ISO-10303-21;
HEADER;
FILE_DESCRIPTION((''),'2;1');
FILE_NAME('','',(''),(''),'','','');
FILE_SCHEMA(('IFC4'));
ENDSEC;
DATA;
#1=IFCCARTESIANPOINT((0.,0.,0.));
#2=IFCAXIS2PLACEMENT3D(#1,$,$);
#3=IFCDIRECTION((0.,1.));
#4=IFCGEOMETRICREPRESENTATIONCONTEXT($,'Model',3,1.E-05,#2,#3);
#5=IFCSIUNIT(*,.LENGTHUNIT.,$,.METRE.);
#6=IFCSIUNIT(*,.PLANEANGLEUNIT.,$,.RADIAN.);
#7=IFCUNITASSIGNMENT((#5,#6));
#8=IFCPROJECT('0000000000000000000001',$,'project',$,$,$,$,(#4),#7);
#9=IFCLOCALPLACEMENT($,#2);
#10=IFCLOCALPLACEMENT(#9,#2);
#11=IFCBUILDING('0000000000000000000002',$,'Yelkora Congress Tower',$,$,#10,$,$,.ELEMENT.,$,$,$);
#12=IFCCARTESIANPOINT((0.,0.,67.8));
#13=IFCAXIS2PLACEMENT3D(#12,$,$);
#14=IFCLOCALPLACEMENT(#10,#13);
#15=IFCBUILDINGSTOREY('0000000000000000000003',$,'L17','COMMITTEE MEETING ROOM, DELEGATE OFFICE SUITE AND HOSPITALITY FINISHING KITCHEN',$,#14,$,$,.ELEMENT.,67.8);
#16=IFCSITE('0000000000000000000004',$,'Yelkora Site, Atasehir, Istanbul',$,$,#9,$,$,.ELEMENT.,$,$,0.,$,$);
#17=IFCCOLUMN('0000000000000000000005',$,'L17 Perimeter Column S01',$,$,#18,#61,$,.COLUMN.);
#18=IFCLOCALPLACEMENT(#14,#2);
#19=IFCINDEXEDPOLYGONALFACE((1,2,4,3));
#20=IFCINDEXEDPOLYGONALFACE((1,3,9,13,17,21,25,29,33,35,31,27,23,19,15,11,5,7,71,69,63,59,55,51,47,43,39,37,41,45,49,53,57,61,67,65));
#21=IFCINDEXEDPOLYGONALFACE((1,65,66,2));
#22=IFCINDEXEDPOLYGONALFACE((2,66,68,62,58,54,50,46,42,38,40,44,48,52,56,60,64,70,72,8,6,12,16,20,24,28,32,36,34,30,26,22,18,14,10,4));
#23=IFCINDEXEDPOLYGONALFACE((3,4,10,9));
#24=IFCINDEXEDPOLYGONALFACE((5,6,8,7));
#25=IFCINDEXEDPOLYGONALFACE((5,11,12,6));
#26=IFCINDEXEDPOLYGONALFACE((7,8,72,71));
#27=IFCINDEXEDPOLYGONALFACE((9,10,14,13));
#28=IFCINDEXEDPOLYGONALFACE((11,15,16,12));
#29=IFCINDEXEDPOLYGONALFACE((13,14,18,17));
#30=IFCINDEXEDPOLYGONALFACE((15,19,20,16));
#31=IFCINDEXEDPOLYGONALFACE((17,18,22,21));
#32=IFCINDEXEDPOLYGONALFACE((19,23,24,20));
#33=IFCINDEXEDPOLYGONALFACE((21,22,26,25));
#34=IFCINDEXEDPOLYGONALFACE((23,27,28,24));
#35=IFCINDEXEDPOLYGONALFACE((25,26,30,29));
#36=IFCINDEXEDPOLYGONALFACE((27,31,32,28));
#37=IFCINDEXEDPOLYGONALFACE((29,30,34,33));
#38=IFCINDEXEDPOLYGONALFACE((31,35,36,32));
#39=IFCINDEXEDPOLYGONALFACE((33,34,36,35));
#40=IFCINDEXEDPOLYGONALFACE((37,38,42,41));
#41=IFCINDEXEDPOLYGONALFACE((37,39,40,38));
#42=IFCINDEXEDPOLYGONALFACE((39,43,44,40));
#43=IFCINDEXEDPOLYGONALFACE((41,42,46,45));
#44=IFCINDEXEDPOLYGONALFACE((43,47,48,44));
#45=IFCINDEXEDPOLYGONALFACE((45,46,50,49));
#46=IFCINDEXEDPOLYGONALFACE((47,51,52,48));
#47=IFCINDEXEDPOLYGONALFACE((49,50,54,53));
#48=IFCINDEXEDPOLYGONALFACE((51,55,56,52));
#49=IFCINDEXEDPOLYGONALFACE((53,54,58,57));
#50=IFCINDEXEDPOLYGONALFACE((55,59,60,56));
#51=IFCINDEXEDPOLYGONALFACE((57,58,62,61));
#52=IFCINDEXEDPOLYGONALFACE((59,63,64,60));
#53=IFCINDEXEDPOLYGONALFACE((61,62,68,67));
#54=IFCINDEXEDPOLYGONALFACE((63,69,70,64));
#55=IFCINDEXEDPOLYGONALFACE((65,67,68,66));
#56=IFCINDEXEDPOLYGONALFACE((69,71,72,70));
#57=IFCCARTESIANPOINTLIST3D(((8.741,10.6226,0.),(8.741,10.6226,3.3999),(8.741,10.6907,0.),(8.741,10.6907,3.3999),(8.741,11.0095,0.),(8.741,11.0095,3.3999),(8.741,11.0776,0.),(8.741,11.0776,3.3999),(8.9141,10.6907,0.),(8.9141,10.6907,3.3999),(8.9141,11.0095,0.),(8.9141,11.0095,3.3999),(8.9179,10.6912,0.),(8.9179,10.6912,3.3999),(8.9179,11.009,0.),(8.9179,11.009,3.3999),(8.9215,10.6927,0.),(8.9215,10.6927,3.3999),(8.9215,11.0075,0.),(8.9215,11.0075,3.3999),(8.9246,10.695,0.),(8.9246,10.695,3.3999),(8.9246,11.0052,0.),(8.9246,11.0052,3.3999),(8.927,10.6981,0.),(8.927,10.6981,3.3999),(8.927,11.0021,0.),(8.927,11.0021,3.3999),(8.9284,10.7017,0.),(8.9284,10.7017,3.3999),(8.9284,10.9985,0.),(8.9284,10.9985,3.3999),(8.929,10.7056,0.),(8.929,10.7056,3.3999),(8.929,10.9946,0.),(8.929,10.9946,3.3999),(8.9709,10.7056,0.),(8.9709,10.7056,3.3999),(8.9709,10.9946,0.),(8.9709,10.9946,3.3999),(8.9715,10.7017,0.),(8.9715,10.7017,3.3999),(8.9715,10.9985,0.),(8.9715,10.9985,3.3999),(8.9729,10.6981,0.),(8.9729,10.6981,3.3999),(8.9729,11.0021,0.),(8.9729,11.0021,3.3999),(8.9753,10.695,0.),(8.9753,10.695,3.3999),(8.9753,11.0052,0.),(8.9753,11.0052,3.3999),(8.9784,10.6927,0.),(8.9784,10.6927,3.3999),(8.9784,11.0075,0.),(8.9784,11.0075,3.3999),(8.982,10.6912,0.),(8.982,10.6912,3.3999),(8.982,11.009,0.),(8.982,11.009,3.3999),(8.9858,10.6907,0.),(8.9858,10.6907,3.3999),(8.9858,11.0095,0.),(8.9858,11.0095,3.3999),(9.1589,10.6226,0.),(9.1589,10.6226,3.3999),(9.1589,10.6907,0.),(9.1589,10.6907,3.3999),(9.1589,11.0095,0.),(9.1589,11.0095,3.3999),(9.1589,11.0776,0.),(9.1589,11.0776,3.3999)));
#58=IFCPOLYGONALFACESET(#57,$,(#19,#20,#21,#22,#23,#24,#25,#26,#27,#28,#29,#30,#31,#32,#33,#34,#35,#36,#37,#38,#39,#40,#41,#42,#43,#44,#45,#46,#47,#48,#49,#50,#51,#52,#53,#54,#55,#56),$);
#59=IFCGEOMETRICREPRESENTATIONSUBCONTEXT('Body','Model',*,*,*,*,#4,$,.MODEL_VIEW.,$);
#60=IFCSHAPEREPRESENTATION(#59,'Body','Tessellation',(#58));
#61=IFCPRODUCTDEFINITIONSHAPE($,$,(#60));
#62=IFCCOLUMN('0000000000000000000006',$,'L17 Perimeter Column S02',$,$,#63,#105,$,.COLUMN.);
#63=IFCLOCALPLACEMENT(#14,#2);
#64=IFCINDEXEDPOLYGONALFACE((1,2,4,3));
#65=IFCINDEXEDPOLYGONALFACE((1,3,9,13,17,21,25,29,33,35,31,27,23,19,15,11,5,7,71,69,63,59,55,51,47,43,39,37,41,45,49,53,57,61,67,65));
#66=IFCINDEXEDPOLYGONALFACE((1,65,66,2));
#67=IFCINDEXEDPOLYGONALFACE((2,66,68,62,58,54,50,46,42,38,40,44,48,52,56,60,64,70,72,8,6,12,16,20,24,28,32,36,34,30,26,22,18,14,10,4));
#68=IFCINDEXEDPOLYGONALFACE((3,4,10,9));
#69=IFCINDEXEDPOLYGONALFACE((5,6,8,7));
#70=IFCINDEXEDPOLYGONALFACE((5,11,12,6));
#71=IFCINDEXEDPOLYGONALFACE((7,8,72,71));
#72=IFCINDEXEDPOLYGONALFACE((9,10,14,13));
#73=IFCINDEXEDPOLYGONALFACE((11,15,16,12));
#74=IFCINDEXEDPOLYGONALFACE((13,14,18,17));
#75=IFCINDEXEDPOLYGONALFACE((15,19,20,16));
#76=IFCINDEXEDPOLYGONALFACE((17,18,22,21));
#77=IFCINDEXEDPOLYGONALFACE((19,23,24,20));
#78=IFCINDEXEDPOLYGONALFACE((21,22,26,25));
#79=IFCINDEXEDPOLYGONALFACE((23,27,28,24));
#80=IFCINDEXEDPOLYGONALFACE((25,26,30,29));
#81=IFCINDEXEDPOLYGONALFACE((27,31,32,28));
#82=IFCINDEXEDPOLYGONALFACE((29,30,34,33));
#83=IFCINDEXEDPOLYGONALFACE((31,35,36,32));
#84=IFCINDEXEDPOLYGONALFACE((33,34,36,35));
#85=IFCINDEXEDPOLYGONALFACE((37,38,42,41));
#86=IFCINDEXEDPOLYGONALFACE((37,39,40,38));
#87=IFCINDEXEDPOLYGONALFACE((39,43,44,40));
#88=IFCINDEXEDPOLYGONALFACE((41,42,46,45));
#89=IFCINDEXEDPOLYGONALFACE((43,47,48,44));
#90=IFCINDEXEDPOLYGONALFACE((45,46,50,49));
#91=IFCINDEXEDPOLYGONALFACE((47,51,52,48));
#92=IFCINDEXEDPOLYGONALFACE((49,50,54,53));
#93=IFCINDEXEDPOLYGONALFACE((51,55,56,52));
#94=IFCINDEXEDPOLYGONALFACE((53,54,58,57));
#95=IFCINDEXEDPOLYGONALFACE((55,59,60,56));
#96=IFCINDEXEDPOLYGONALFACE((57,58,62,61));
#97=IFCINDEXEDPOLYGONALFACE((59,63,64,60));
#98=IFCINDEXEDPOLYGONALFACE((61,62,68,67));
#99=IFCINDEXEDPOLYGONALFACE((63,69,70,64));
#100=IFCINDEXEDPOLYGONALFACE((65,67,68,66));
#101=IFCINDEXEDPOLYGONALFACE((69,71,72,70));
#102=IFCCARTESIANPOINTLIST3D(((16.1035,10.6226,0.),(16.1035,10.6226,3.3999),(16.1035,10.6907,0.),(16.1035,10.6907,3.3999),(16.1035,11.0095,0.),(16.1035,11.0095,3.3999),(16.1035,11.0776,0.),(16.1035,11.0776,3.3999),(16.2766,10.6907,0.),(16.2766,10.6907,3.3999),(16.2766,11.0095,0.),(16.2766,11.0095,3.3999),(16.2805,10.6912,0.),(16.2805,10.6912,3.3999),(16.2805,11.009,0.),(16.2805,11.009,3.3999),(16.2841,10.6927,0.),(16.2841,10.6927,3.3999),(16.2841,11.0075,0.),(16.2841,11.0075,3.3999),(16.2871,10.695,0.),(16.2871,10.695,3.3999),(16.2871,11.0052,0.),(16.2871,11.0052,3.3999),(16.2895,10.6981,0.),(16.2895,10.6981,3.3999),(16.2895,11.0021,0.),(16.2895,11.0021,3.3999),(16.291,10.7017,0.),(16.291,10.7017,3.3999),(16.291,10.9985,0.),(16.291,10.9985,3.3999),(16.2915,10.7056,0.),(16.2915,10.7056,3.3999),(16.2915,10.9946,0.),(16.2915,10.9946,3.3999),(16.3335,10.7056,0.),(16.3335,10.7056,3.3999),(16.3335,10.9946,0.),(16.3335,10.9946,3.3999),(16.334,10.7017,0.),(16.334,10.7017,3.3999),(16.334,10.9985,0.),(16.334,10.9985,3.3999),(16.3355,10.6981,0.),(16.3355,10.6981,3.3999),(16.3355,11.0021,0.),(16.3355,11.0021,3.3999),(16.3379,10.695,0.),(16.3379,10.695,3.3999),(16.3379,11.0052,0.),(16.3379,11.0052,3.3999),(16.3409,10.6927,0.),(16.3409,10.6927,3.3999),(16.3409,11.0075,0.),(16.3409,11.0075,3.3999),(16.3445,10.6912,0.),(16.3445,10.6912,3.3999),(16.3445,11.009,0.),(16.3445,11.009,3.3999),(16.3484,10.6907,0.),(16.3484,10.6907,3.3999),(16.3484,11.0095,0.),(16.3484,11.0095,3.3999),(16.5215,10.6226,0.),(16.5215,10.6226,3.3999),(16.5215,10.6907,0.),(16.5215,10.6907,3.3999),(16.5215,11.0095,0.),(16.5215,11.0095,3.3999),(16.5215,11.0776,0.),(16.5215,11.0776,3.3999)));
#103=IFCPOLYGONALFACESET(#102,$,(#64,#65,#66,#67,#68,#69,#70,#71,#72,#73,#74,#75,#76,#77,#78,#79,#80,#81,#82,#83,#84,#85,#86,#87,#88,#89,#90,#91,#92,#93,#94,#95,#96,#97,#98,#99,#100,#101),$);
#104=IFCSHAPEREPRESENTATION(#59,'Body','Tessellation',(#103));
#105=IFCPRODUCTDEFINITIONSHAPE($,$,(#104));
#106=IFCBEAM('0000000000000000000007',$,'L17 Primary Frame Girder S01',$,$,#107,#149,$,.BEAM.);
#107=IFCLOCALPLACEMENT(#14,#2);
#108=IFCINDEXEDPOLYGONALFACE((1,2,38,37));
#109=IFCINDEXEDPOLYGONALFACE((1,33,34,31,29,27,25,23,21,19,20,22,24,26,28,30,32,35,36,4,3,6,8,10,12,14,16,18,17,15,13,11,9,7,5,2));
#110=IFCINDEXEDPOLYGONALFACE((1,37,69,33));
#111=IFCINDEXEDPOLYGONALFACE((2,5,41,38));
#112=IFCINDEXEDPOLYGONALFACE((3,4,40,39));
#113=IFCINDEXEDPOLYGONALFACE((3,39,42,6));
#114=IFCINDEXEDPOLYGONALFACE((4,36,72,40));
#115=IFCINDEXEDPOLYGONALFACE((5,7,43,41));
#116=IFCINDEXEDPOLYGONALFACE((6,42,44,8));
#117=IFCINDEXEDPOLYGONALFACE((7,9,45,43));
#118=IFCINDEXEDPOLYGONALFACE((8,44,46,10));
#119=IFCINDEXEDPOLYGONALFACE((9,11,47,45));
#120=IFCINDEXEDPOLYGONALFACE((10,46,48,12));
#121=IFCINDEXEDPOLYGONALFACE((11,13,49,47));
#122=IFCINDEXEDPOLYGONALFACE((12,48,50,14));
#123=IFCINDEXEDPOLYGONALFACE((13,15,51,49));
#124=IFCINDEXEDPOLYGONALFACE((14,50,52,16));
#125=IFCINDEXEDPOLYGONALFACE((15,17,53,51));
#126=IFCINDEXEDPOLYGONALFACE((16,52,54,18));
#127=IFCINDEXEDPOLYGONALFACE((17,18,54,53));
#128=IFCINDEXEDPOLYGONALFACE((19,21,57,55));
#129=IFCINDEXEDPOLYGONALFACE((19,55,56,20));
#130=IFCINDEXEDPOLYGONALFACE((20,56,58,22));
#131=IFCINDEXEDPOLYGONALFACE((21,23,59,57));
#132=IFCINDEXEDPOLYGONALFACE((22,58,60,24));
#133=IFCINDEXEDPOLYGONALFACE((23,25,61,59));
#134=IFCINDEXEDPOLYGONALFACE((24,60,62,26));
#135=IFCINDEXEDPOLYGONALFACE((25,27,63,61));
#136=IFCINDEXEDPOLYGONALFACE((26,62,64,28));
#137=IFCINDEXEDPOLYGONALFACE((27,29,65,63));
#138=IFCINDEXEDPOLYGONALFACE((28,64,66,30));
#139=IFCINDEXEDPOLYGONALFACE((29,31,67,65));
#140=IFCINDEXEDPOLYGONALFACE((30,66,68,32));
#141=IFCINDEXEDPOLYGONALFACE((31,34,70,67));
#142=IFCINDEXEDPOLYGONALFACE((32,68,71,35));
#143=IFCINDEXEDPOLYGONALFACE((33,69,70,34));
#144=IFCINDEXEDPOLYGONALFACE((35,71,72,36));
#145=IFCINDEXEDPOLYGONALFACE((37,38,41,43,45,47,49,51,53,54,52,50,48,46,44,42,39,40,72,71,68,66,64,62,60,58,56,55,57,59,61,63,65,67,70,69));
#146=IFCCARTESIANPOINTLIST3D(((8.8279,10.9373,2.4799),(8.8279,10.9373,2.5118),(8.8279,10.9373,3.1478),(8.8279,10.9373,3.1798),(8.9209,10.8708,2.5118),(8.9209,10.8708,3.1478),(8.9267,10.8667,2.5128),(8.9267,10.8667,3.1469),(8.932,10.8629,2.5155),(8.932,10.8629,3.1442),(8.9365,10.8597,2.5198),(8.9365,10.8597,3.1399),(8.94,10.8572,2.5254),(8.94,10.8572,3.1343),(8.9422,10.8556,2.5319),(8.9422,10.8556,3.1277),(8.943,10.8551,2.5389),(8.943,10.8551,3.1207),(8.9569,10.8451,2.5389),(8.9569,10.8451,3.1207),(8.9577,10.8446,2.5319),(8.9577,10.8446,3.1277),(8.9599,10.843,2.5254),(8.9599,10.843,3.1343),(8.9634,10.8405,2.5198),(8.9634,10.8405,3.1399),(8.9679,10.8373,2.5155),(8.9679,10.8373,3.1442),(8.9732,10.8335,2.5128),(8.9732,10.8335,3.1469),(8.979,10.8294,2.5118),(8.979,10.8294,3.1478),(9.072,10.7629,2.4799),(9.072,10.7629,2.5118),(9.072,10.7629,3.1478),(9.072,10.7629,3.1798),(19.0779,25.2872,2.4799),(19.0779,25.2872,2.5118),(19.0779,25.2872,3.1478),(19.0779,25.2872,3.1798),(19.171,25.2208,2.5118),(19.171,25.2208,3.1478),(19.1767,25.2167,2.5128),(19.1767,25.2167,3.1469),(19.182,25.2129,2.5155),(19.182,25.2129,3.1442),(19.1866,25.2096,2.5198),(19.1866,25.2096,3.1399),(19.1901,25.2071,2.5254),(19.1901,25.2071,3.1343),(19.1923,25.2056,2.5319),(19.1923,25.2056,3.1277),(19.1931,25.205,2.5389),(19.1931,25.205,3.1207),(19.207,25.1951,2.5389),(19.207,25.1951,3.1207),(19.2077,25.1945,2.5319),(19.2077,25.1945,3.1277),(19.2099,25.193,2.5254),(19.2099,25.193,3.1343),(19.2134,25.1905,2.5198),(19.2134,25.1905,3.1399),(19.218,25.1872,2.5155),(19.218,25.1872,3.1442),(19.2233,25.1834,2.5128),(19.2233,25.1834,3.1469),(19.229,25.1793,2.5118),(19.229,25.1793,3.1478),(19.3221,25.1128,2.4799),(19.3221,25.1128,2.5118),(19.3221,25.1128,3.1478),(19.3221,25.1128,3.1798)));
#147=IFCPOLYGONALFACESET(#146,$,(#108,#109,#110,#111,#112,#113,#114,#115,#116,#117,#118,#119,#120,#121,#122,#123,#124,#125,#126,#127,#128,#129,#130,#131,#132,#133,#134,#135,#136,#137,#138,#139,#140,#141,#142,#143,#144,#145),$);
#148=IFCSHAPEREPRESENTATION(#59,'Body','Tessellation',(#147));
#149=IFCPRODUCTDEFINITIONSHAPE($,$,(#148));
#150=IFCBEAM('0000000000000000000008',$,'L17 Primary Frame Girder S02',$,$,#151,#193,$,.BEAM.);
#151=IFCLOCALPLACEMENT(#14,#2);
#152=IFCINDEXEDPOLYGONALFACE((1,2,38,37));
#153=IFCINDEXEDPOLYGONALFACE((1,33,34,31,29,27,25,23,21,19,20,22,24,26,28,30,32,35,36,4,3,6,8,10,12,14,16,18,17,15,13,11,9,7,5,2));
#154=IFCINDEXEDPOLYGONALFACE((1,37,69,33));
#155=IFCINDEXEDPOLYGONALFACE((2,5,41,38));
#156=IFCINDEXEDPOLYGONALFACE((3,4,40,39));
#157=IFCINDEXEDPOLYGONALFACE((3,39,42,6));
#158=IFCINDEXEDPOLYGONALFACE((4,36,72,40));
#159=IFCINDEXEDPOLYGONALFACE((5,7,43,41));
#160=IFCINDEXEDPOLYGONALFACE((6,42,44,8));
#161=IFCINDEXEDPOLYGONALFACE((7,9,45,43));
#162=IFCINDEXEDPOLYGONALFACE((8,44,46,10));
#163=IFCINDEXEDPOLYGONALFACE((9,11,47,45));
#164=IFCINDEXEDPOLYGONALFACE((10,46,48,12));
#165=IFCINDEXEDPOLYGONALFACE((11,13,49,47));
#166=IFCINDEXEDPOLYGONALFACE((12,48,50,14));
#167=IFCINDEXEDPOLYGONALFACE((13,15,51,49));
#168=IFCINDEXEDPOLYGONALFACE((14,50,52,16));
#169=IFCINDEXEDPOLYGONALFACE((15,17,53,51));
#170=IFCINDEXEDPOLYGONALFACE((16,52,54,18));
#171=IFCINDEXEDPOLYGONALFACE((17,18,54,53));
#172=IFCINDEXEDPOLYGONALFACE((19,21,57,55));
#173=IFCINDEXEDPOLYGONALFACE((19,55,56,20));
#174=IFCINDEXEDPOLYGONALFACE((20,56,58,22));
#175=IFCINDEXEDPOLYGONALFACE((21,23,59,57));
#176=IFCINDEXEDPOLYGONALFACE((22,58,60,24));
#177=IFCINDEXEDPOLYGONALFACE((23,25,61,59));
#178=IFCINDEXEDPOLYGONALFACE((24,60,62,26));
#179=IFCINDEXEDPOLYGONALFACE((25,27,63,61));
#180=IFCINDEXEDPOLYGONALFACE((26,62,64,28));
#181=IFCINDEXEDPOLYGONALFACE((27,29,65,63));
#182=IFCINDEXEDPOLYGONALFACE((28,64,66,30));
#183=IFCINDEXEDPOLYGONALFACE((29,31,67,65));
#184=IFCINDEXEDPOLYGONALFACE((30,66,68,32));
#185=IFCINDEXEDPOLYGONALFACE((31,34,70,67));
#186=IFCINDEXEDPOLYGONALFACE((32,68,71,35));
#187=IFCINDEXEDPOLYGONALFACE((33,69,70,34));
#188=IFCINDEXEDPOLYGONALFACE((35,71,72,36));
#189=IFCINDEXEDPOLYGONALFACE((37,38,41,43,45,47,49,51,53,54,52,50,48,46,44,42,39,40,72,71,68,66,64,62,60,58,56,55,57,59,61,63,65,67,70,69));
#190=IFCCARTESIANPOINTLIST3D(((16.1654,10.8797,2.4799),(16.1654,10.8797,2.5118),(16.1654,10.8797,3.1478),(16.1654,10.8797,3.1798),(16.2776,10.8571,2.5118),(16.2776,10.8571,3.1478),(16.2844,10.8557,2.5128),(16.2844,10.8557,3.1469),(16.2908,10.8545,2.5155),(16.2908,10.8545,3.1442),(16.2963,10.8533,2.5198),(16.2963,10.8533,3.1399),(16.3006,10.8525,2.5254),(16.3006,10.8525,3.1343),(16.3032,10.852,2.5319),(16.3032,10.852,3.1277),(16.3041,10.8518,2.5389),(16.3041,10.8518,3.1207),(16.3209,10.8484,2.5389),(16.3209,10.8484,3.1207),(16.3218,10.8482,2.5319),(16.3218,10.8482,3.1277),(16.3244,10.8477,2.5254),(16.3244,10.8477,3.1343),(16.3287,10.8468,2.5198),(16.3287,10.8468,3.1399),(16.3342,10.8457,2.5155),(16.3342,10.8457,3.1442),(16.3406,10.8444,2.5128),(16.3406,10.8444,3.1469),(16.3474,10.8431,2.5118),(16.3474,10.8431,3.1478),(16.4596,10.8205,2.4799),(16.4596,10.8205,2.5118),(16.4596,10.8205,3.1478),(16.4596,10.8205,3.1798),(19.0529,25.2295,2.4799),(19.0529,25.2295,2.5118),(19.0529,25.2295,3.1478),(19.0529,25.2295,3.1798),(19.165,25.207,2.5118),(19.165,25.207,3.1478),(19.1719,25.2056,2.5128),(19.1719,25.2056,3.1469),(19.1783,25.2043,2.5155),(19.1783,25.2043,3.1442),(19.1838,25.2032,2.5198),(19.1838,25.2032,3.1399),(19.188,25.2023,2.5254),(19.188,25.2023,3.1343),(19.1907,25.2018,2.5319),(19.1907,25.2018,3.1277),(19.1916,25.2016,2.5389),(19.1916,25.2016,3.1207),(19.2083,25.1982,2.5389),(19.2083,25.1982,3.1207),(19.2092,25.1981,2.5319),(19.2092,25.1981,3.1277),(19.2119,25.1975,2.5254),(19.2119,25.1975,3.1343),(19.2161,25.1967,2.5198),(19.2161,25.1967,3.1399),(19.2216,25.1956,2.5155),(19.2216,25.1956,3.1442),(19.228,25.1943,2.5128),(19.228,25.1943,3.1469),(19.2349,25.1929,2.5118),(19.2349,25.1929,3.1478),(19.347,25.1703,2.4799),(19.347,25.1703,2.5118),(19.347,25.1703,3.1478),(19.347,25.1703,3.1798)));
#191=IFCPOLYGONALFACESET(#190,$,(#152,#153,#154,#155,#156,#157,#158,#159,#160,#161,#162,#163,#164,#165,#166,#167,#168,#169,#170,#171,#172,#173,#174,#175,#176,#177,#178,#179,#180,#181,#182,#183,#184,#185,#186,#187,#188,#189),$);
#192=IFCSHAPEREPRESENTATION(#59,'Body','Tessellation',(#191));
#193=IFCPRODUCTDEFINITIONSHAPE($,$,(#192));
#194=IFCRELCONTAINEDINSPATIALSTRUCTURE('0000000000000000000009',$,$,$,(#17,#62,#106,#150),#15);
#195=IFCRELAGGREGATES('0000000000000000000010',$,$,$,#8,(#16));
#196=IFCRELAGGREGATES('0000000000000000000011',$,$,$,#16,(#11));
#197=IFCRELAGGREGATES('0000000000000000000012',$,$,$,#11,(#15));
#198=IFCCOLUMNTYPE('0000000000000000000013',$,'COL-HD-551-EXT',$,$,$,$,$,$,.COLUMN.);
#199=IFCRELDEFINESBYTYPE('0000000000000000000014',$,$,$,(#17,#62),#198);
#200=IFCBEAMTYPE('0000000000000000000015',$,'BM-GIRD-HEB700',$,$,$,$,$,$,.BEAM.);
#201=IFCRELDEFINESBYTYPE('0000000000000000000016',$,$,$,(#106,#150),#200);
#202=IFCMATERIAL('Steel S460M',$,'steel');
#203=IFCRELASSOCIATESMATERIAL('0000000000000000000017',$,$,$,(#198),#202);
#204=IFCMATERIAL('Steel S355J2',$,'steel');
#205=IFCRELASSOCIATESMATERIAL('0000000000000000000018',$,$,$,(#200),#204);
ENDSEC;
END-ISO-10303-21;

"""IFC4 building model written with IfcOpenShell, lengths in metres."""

from ifc_helpers import new_model, si_unit, direction, frame, origin, origin_2d, place, context, subcontext, project, spatial, i_section, extrude, material, material_profile, profile_set, type_object, element, save


model = new_model("IFC4")

# Units and contexts
model_context = context("Model", 3, precision=1e-05, world=origin(), true_north=direction((0.0, 1.0)))
body_context = subcontext(model_context, "Body", "Model", "MODEL_VIEW")
ifc_project = project(units=[si_unit("LENGTHUNIT", "METRE"), si_unit("PLANEANGLEUNIT", "RADIAN")], contexts=[model_context])

# Site, building, storey
site_placement = place(None, origin())
site = spatial("IfcSite", under=ifc_project, at=site_placement, Name="Yelkora Site, Atasehir, Istanbul", CompositionType="ELEMENT", RefElevation=0.0)
building_placement = place(site_placement, origin())
building = spatial("IfcBuilding", under=site, at=building_placement, Name="Yelkora Congress Tower", CompositionType="ELEMENT")
storey_placement = place(building_placement, frame((0.0, 0.0, 67.8)))
storey = spatial("IfcBuildingStorey", under=building, at=storey_placement, Name="L17", Description="COMMITTEE MEETING ROOM, DELEGATE OFFICE SUITE AND HOSPITALITY FINISHING KITCHEN", CompositionType="ELEMENT", Elevation=67.8)

# Columns
ifc_material_1 = material(Name="Steel S460M", Category="steel")
ifc_material_profile_1 = material_profile(ifc_material_1, i_section(OverallWidth=0.418, OverallDepth=0.4551, WebThickness=0.042, FlangeThickness=0.0681, FilletRadius=0.0149, at=origin_2d()), Name="HD 400x551")
ifc_profile_set_1 = profile_set([ifc_material_profile_1], Name="Steel S460M")
column_type = type_object("IfcColumnType", Name="COL-HD-551-EXT", PredefinedType="COLUMN", material=ifc_profile_set_1)
for number, where, z_axis, x_axis, name in (
    (1, (8.95, 10.8501, 0.0), (0.0, 0.0, 1.0), (1.0, 0.0, 0.0), "L17 Perimeter Column S01"),
    (2, (16.3125, 10.8501, 0.0), (0.0, 0.0, 1.0), (1.0, 0.0, 0.0), "L17 Perimeter Column S02"),
):
    element("IfcColumn", number, at=place(storey_placement, frame(where, z_axis=z_axis, x_axis=x_axis)), inside=storey, type_object=column_type, Name=name, PredefinedType="COLUMN", context=body_context, shape_type="SweptSolid", body=[
        extrude(i_section(OverallWidth=0.418, OverallDepth=0.4551, WebThickness=0.042, FlangeThickness=0.0681, FilletRadius=0.0149, at=origin_2d()), origin(), (0.0, 0.0, 1.0), 3.3999),
    ])

# Beams
ifc_material_2 = material(Name="Steel S355J2", Category="steel")
ifc_material_profile_2 = material_profile(ifc_material_2, i_section(OverallWidth=0.3, OverallDepth=0.7, WebThickness=0.0171, FlangeThickness=0.032, FilletRadius=0.0271, at=origin_2d()), Name="HEB 700")
ifc_profile_set_2 = profile_set([ifc_material_profile_2], Name="Steel S355J2")
beam_type_1 = type_object("IfcBeamType", Name="BM-GIRD-HEB700", PredefinedType="BEAM", material=ifc_profile_set_2)
beam_1_placement = place(storey_placement, frame((8.95, 10.8501, 2.8298), z_axis=(0.581242, 0.813731, 0.0), x_axis=(-0.813731, 0.581242, 0.0)))
element("IfcBeam", 3, at=beam_1_placement, inside=storey, type_object=beam_type_1, Name="L17 Primary Frame Girder S01", PredefinedType="BEAM", context=body_context, shape_type="SweptSolid", body=[
    extrude(i_section(OverallWidth=0.3, OverallDepth=0.7, WebThickness=0.0171, FlangeThickness=0.032, FilletRadius=0.0271, at=origin_2d()), origin(), (0.0, 0.0, 1.0), 17.6348),
])
beam_2_placement = place(storey_placement, frame((16.3125, 10.8501, 2.8298), z_axis=(0.197264, 0.98035, 0.0), x_axis=(-0.98035, 0.197264, 0.0)))
element("IfcBeam", 4, at=beam_2_placement, inside=storey, type_object=beam_type_1, Name="L17 Primary Frame Girder S02", PredefinedType="BEAM", context=body_context, shape_type="SweptSolid", body=[
    extrude(i_section(OverallWidth=0.3, OverallDepth=0.7, WebThickness=0.0171, FlangeThickness=0.032, FilletRadius=0.0271, at=origin_2d()), origin(), (0.0, 0.0, 1.0), 14.6375),
])

save(model, "model.ifc")
